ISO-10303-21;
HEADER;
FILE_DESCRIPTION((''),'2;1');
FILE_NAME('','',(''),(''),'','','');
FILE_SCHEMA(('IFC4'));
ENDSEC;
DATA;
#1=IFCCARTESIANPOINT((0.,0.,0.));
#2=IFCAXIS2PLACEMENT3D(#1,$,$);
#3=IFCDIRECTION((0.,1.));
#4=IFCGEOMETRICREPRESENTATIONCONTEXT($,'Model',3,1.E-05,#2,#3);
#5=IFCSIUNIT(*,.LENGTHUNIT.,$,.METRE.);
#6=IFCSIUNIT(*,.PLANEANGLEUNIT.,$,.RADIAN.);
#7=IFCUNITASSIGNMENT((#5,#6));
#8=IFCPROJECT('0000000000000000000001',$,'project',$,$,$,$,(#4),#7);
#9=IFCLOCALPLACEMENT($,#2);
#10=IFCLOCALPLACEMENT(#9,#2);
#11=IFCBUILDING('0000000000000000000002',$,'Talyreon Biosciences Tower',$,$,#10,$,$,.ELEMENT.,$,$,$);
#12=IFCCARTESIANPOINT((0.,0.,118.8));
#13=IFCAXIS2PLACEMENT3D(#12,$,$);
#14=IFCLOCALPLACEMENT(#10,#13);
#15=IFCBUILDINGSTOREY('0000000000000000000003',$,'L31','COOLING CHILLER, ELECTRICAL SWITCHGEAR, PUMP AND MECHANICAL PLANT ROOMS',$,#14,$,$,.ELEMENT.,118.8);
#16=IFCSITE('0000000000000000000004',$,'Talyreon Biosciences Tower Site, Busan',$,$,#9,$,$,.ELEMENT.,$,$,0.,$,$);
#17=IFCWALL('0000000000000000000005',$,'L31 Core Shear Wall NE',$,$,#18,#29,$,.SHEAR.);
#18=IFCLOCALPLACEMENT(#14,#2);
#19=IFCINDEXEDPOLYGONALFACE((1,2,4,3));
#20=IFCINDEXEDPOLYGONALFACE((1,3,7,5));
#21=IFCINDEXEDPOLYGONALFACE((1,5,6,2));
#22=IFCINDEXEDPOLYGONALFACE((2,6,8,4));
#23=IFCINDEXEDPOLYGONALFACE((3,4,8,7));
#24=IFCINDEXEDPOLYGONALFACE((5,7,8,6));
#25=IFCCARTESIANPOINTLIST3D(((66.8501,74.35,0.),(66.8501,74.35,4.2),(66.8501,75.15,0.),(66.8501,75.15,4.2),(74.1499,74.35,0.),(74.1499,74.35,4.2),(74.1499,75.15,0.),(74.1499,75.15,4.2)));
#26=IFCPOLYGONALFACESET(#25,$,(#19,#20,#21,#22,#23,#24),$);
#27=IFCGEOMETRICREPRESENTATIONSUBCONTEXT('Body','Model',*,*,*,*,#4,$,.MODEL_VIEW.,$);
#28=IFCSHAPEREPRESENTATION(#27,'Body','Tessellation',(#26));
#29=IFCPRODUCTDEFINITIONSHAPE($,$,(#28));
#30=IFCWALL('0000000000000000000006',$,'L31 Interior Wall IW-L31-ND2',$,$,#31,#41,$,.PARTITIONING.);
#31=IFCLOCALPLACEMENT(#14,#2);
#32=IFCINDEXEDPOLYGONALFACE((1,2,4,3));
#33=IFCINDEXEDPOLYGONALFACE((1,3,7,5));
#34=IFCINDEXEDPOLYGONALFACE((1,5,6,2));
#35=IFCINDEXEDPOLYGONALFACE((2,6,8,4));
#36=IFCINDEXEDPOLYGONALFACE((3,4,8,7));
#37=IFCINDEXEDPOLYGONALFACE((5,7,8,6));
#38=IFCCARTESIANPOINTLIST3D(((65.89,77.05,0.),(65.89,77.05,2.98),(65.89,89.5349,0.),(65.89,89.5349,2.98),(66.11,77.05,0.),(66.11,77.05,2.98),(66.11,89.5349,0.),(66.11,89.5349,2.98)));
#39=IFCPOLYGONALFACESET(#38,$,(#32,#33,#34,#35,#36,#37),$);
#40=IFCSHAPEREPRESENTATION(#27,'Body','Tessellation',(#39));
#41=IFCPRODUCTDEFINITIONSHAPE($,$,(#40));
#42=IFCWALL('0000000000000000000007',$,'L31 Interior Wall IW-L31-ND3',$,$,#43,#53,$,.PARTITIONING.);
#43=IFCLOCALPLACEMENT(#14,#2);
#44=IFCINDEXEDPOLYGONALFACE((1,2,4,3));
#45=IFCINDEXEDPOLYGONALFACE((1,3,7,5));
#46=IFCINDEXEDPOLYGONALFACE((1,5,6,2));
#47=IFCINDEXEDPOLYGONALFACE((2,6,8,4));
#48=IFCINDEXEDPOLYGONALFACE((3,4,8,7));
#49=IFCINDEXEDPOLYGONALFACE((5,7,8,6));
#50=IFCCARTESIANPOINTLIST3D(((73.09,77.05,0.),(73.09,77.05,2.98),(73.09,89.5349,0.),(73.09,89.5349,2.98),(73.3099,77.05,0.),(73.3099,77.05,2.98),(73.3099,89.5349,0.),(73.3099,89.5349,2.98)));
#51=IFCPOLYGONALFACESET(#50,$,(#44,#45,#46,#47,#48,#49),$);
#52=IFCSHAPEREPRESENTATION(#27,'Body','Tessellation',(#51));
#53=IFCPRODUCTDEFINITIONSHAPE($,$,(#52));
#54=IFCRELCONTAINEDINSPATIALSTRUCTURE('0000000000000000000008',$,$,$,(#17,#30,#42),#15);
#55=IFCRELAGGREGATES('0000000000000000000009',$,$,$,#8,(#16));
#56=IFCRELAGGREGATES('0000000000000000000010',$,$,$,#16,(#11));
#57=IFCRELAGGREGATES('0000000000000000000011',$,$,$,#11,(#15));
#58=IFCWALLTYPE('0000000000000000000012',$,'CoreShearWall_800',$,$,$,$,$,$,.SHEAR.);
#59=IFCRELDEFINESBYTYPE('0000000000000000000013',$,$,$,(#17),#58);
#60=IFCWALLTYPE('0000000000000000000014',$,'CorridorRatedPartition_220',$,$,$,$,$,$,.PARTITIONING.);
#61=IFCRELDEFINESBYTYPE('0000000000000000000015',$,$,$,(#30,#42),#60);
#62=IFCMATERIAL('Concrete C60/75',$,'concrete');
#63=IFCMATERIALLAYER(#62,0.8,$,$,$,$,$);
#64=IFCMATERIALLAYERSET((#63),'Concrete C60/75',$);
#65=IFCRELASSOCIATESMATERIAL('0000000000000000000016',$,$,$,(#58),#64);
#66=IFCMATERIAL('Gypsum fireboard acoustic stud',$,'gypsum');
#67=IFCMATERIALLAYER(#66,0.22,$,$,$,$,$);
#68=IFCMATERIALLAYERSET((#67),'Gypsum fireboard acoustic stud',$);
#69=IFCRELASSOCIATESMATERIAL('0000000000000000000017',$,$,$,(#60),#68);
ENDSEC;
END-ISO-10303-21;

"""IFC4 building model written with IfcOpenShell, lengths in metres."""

from ifc_helpers import new_model, si_unit, direction, frame, frame_2d, origin, place, context, subcontext, project, spatial, rectangle, extrude, material, layer, layer_set, type_object, element, save


model = new_model("IFC4")

# Units and contexts
model_context = context("Model", 3, precision=1e-05, world=origin(), true_north=direction((0.0, 1.0)))
body_context = subcontext(model_context, "Body", "Model", "MODEL_VIEW")
ifc_project = project(units=[si_unit("LENGTHUNIT", "METRE"), si_unit("PLANEANGLEUNIT", "RADIAN")], contexts=[model_context])

# Site, building, storey
site_placement = place(None, origin())
site = spatial("IfcSite", under=ifc_project, at=site_placement, Name="Talyreon Biosciences Tower Site, Busan", CompositionType="ELEMENT", RefElevation=0.0)
building_placement = place(site_placement, origin())
building = spatial("IfcBuilding", under=site, at=building_placement, Name="Talyreon Biosciences Tower", CompositionType="ELEMENT")
storey_placement = place(building_placement, frame((0.0, 0.0, 118.8)))
storey = spatial("IfcBuildingStorey", under=building, at=storey_placement, Name="L31", Description="COOLING CHILLER, ELECTRICAL SWITCHGEAR, PUMP AND MECHANICAL PLANT ROOMS", CompositionType="ELEMENT", Elevation=118.8)

# Shared definitions
ifc_material_1 = material(Name="Concrete C60/75", Category="concrete")

# Walls
ifc_layer_1 = layer(ifc_material_1, 0.8)
ifc_layer_set_1 = layer_set([ifc_layer_1], Name="Concrete C60/75")
wall_type_1 = type_object("IfcWallType", Name="CoreShearWall_800", PredefinedType="SHEAR", material=ifc_layer_set_1)
wall_1_placement = place(storey_placement, frame((74.1499, 74.75, 0.0), z_axis=(0.0, 0.0, 1.0), x_axis=(-1.0, 0.0, 0.0)))
element("IfcWall", 1, at=wall_1_placement, inside=storey, type_object=wall_type_1, Name="L31 Core Shear Wall NE", PredefinedType="SHEAR", context=body_context, shape_type="SweptSolid", body=[
    extrude(rectangle(XDim=7.2998, YDim=0.8, at=frame_2d((3.6499, 0.0))), origin(), (0.0, 0.0, 1.0), 4.2),
])
ifc_material_2 = material(Name="Gypsum fireboard acoustic stud", Category="gypsum")
ifc_layer_2 = layer(ifc_material_2, 0.22)
ifc_layer_set_2 = layer_set([ifc_layer_2], Name="Gypsum fireboard acoustic stud")
wall_type_2 = type_object("IfcWallType", Name="CorridorRatedPartition_220", PredefinedType="PARTITIONING", material=ifc_layer_set_2)
for number, where, z_axis, x_axis, name in (
    (2, (66.0, 77.05, 0.0), (0.0, 0.0, 1.0), (0.0, 1.0, 0.0), "L31 Interior Wall IW-L31-ND2"),
    (3, (73.2, 77.05, 0.0), (0.0, 0.0, 1.0), (0.0, 1.0, 0.0), "L31 Interior Wall IW-L31-ND3"),
):
    element("IfcWall", number, at=place(storey_placement, frame(where, z_axis=z_axis, x_axis=x_axis)), inside=storey, type_object=wall_type_2, Name=name, PredefinedType="PARTITIONING", context=body_context, shape_type="SweptSolid", body=[
        extrude(rectangle(XDim=12.4849, YDim=0.22, at=frame_2d((6.2424, 0.0))), origin(), (0.0, 0.0, 1.0), 2.98),
    ])

save(model, "model.ifc")
